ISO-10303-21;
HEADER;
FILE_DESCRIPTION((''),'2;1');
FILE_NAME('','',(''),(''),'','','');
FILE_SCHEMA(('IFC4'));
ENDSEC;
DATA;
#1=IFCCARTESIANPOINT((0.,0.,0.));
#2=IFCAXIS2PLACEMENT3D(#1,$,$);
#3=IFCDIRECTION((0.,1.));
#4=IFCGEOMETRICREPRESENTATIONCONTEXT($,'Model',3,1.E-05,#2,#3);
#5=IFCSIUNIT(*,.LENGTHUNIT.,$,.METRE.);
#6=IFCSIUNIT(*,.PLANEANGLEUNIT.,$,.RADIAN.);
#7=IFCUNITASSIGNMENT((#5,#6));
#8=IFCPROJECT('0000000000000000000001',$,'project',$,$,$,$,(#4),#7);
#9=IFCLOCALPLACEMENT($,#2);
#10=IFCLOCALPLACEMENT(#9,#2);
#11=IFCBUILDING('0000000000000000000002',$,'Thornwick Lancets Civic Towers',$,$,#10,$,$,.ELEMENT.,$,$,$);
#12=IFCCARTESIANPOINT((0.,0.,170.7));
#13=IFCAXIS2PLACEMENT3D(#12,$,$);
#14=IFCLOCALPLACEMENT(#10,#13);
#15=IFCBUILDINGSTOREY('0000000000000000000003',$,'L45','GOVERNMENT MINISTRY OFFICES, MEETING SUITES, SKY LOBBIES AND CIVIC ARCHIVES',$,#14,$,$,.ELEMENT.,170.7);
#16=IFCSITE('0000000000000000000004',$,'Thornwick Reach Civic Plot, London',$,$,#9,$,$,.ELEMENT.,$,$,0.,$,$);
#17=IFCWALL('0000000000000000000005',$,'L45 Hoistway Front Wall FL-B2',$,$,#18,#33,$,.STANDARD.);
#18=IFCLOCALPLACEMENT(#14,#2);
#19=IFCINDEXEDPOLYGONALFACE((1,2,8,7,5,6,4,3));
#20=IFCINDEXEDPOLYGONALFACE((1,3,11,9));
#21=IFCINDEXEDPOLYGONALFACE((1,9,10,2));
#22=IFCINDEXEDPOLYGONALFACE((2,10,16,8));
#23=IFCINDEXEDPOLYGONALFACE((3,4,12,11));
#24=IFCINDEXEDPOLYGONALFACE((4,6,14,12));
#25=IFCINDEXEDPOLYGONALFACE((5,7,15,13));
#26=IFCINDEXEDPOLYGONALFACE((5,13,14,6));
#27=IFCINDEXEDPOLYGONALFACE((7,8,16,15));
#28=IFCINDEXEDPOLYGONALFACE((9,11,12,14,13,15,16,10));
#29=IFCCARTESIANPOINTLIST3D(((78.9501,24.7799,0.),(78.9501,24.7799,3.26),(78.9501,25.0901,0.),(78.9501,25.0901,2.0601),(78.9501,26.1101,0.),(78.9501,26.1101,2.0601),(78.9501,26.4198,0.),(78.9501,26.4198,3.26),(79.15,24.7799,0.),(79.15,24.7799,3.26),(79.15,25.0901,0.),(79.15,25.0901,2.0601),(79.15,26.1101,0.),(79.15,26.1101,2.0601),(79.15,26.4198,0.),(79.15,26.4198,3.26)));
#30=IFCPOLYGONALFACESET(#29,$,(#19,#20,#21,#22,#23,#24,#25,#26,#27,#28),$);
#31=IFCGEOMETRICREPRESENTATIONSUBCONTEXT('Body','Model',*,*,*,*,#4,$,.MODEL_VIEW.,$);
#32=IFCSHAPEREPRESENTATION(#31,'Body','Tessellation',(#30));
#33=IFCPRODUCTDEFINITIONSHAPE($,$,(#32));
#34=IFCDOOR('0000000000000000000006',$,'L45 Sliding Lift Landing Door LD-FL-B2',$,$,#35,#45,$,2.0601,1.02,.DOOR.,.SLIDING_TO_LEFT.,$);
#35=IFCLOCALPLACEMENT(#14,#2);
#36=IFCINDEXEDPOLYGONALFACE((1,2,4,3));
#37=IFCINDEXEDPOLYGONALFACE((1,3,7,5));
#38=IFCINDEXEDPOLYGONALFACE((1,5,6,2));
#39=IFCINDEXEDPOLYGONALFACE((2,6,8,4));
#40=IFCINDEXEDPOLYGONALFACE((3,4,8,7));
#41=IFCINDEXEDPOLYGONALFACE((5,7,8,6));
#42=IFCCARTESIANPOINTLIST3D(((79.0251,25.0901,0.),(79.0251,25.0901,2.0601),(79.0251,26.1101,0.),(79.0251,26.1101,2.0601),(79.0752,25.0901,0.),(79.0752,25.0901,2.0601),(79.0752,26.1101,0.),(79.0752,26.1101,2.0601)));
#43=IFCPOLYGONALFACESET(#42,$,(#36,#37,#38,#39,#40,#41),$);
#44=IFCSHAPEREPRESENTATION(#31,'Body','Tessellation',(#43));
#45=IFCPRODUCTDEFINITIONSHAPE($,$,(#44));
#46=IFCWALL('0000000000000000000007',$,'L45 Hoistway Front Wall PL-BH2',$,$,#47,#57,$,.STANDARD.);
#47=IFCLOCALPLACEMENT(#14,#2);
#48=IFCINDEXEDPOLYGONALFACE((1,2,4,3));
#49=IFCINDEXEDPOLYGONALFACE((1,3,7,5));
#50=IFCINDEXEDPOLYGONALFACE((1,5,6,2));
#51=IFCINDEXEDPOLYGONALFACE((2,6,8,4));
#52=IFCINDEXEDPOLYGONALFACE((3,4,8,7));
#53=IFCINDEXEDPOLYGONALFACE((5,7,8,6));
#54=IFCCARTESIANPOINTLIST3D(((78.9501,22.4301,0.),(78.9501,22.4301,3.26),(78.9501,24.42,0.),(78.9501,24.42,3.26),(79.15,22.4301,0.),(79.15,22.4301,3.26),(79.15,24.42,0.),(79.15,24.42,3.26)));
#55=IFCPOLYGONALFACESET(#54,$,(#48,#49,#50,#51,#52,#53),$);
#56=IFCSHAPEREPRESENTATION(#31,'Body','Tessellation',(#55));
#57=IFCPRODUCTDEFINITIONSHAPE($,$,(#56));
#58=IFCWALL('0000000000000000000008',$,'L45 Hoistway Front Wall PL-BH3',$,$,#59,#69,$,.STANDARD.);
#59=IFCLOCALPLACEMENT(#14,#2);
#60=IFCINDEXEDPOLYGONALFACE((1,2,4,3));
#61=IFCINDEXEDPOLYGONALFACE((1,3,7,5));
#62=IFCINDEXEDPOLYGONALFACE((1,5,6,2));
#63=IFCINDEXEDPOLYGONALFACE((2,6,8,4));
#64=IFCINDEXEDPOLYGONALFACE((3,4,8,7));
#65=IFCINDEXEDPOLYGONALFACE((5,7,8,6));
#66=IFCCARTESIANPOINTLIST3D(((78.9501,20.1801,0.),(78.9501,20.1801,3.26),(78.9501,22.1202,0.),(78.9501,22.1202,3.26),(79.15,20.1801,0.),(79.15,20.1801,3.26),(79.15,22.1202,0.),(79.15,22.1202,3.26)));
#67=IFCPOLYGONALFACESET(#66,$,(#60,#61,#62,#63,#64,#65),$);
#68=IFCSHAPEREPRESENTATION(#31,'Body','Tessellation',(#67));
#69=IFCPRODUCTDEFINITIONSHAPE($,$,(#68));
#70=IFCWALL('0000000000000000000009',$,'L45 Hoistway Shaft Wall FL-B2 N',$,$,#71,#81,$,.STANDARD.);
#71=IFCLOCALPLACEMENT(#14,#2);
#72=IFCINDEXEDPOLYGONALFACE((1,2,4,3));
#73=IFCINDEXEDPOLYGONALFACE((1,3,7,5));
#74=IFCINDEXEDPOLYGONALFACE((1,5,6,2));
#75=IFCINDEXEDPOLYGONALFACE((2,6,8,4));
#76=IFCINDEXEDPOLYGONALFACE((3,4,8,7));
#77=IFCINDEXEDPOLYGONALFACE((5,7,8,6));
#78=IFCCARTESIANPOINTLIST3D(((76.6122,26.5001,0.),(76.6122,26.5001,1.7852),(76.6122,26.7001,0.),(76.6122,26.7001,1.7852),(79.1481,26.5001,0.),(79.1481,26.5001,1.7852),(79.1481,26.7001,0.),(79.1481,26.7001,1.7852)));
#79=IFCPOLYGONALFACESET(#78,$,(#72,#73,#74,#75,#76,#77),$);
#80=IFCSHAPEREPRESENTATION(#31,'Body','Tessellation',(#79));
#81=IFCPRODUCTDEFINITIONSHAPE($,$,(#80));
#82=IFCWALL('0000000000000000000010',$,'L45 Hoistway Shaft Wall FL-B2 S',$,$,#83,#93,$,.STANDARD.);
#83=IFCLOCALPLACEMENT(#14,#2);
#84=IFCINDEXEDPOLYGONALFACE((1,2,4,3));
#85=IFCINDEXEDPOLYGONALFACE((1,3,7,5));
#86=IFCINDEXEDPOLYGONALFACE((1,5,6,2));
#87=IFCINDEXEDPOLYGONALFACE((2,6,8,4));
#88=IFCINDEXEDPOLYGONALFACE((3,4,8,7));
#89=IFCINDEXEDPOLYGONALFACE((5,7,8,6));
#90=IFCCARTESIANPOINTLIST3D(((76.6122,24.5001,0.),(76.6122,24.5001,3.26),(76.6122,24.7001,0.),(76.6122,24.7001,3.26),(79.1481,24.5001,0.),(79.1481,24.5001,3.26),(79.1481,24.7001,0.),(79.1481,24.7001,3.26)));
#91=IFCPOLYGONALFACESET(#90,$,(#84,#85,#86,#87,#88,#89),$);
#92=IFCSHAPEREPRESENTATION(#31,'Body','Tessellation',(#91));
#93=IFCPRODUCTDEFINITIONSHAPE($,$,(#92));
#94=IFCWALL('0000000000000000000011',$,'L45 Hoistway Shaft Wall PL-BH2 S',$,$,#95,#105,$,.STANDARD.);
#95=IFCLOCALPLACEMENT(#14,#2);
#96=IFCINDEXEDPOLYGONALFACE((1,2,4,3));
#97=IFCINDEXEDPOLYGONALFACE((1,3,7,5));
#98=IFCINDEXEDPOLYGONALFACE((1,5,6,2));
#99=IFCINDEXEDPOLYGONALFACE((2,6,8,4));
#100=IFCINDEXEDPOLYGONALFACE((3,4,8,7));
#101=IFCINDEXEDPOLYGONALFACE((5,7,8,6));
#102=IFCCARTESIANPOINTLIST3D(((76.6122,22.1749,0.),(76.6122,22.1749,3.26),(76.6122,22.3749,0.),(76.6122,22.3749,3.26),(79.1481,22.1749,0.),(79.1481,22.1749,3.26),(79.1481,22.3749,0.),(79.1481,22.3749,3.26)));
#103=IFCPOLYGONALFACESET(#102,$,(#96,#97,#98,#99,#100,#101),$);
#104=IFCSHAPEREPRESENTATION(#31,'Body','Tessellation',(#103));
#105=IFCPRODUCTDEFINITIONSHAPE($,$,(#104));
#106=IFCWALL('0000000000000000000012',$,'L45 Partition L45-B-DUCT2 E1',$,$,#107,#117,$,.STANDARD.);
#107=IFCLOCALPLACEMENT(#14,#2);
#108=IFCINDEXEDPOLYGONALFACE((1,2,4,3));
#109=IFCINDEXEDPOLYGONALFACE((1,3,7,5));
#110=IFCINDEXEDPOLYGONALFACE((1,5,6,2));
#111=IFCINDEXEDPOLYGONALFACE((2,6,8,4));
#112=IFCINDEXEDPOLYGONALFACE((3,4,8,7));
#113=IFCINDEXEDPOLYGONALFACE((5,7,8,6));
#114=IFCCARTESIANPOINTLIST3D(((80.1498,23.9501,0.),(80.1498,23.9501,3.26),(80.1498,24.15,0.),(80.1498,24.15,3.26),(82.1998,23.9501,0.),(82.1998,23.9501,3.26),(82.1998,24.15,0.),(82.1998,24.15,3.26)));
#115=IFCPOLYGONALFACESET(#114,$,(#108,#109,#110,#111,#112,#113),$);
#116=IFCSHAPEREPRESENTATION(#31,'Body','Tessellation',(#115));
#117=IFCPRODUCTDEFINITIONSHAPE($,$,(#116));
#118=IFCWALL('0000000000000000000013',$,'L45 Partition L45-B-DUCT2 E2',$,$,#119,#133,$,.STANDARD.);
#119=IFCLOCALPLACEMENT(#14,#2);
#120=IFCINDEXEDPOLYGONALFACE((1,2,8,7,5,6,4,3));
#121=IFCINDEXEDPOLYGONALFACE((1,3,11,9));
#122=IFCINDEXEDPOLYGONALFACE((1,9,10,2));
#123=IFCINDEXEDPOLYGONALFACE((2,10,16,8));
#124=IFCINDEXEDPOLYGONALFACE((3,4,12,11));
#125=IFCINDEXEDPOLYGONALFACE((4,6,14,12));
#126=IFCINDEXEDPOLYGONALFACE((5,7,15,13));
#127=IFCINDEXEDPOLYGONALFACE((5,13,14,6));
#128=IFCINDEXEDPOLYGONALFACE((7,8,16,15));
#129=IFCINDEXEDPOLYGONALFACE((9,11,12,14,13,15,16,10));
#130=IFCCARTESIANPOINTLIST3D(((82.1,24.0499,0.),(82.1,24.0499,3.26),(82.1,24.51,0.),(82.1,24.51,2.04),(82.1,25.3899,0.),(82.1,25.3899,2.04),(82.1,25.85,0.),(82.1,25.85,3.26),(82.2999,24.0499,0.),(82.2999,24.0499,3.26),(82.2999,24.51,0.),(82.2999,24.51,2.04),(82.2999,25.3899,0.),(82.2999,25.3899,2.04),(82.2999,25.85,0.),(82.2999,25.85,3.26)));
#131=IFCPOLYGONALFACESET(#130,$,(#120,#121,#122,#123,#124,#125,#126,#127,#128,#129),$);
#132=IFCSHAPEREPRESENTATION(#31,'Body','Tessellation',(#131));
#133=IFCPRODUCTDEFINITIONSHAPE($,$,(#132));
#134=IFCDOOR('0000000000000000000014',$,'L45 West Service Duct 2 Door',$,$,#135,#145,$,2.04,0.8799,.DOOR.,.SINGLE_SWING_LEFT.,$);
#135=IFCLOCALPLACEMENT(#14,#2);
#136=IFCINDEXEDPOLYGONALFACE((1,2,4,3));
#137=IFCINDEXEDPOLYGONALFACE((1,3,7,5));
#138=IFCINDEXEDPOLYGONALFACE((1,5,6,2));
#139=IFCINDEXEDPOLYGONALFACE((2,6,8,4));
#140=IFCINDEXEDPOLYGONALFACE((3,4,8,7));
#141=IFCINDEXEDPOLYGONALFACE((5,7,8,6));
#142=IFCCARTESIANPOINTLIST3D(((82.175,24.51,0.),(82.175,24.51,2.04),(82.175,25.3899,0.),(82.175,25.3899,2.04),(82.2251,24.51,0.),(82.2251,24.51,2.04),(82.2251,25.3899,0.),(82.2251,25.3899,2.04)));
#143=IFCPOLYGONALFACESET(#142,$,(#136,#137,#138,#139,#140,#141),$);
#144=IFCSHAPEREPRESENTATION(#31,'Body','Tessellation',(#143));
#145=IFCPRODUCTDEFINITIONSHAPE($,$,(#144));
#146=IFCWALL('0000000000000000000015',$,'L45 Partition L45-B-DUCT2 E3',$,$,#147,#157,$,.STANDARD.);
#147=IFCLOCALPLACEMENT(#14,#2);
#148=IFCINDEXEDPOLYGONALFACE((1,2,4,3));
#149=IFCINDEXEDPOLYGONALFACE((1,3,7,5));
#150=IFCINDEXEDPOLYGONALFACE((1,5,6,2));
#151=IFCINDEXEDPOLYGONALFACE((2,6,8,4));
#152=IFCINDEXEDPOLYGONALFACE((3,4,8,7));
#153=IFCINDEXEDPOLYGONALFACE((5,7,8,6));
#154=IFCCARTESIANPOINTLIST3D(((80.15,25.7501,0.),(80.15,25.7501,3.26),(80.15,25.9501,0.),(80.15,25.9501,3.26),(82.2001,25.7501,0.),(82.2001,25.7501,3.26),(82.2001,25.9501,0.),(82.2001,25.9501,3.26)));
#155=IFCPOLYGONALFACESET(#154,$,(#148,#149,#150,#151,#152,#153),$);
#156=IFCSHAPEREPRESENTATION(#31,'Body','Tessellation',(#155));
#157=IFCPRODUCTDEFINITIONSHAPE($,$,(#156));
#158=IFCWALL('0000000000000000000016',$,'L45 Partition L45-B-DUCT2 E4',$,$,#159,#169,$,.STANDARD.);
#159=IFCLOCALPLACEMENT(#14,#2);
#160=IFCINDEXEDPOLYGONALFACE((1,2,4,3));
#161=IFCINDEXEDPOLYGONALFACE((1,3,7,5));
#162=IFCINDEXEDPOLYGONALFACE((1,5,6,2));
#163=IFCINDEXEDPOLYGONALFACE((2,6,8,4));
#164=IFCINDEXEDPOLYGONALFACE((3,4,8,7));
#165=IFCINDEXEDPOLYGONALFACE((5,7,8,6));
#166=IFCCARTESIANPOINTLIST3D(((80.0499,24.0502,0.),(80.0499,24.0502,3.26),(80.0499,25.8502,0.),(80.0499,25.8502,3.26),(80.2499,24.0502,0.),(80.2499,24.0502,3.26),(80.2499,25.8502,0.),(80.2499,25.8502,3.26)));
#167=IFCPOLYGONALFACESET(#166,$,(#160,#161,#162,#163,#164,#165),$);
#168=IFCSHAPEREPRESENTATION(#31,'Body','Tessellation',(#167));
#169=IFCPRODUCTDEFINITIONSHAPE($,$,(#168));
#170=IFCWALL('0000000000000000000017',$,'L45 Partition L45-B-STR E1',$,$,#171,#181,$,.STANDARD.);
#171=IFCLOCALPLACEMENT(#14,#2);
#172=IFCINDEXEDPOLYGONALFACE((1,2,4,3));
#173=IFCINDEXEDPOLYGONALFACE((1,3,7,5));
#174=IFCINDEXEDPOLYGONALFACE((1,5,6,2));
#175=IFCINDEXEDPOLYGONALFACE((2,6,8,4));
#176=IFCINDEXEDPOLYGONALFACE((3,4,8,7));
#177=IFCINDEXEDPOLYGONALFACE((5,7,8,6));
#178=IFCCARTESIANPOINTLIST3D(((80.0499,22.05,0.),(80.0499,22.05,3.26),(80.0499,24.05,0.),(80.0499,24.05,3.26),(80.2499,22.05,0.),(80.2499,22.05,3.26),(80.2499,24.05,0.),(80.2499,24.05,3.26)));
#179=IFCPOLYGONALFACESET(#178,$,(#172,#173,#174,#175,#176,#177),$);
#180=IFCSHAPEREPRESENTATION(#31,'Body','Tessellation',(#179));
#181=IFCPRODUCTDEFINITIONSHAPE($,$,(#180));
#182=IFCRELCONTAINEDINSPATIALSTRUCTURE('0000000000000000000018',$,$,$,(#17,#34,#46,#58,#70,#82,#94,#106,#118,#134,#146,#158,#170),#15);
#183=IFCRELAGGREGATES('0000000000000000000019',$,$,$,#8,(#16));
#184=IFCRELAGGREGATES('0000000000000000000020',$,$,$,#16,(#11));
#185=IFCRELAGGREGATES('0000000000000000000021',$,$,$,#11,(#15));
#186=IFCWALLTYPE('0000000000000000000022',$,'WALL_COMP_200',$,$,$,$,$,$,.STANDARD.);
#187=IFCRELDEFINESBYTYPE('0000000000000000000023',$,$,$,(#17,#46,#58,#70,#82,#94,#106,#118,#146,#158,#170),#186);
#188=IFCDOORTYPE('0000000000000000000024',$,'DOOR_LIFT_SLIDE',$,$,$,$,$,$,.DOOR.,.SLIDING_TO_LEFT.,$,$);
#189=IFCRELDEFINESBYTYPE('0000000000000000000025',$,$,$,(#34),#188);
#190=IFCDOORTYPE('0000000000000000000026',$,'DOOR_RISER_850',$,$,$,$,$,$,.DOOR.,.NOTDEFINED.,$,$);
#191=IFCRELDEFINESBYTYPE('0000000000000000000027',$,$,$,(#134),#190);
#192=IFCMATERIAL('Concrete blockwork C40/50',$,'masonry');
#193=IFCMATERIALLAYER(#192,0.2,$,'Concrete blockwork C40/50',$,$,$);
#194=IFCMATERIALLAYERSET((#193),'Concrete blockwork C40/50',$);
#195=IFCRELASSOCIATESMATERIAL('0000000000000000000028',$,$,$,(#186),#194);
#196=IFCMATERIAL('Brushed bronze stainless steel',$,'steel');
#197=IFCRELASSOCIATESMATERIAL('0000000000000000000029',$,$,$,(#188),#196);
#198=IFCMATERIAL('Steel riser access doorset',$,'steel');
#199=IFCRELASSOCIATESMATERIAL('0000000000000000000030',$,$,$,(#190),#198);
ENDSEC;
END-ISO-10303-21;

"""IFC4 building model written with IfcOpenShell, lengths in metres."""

from ifc_helpers import new_model, si_unit, direction, frame, frame_2d, origin, place, context, subcontext, project, spatial, rectangle, extrude, material, layer, layer_set, type_object, element, fill, save


model = new_model("IFC4")

# Units and contexts
model_context = context("Model", 3, precision=1e-05, world=origin(), true_north=direction((0.0, 1.0)))
body_context = subcontext(model_context, "Body", "Model", "MODEL_VIEW")
ifc_project = project(units=[si_unit("LENGTHUNIT", "METRE"), si_unit("PLANEANGLEUNIT", "RADIAN")], contexts=[model_context])

# Site, building, storey
site_placement = place(None, origin())
site = spatial("IfcSite", under=ifc_project, at=site_placement, Name="Thornwick Reach Civic Plot, London", CompositionType="ELEMENT", RefElevation=0.0)
building_placement = place(site_placement, origin())
building = spatial("IfcBuilding", under=site, at=building_placement, Name="Thornwick Lancets Civic Towers", CompositionType="ELEMENT")
storey_placement = place(building_placement, frame((0.0, 0.0, 170.7)))
storey = spatial("IfcBuildingStorey", under=building, at=storey_placement, Name="L45", Description="GOVERNMENT MINISTRY OFFICES, MEETING SUITES, SKY LOBBIES AND CIVIC ARCHIVES", CompositionType="ELEMENT", Elevation=170.7)

# Wall, opening, door
ifc_material_1 = material(Name="Concrete blockwork C40/50", Category="masonry")
ifc_layer_1 = layer(ifc_material_1, 0.2, Name="Concrete blockwork C40/50")
ifc_layer_set_1 = layer_set([ifc_layer_1], Name="Concrete blockwork C40/50")
wall_type_1 = type_object("IfcWallType", Name="WALL_COMP_200", PredefinedType="STANDARD", material=ifc_layer_set_1)
wall_1_placement = place(storey_placement, frame((79.05, 24.78, 0.0), z_axis=(0.0, 0.0, 1.0), x_axis=(0.0, 1.0, 0.0)))
wall_1 = element("IfcWall", 1, at=wall_1_placement, inside=storey, type_object=wall_type_1, Name="L45 Hoistway Front Wall FL-B2", PredefinedType="STANDARD", context=body_context, shape_type="SweptSolid", body=[
    extrude(rectangle(XDim=1.6399, YDim=0.2, at=frame_2d((0.8198, 0.0))), origin(), (0.0, 0.0, 1.0), 3.26),
])
opening_1_placement = place(wall_1_placement, frame((0.3101, 0.0, 0.0)))
opening_1 = element("IfcOpeningElement", 2, at=opening_1_placement, cuts=wall_1, PredefinedType="OPENING", context=body_context, shape_type="SweptSolid", body=[
    extrude(rectangle(XDim=1.02, YDim=2.0601, at=frame_2d((0.51, 1.03))), frame((0.0, 0.1099, 0.0), z_axis=(0.0, -1.0, 0.0), x_axis=(1.0, 0.0, 0.0)), (0.0, 0.0, 1.0), 0.22),
])
ifc_material_2 = material(Name="Brushed bronze stainless steel", Category="steel")
door_type_1 = type_object("IfcDoorType", Name="DOOR_LIFT_SLIDE", OperationType="SLIDING_TO_LEFT", PredefinedType="DOOR", material=ifc_material_2)
door_1_placement = place(opening_1_placement, origin())
door_1 = element("IfcDoor", 3, at=door_1_placement, inside=storey, type_object=door_type_1, Name="L45 Sliding Lift Landing Door LD-FL-B2", OperationType="SLIDING_TO_LEFT", OverallHeight=2.0601, OverallWidth=1.02, PredefinedType="DOOR", context=body_context, shape_type="SweptSolid", body=[
    extrude(rectangle(XDim=1.02, YDim=2.0601, at=frame_2d((0.51, 1.03))), frame((0.0, 0.0249, 0.0), z_axis=(0.0, -1.0, 0.0), x_axis=(1.0, 0.0, 0.0)), (0.0, 0.0, 1.0), 0.05),
])
fill(opening_1, door_1)

# Walls
wall_2_placement = place(storey_placement, frame((79.05, 22.4299, 0.0), z_axis=(0.0, 0.0, 1.0), x_axis=(0.0, 1.0, 0.0)))
element("IfcWall", 4, at=wall_2_placement, inside=storey, type_object=wall_type_1, Name="L45 Hoistway Front Wall PL-BH2", PredefinedType="STANDARD", context=body_context, shape_type="SweptSolid", body=[
    extrude(rectangle(XDim=1.99, YDim=0.2, at=frame_2d((0.9951, 0.0))), origin(), (0.0, 0.0, 1.0), 3.26),
])
wall_3_placement = place(storey_placement, frame((79.05, 20.1799, 0.0), z_axis=(0.0, 0.0, 1.0), x_axis=(0.0, 1.0, 0.0)))
element("IfcWall", 5, at=wall_3_placement, inside=storey, type_object=wall_type_1, Name="L45 Hoistway Front Wall PL-BH3", PredefinedType="STANDARD", context=body_context, shape_type="SweptSolid", body=[
    extrude(rectangle(XDim=1.9402, YDim=0.2, at=frame_2d((0.9702, 0.0))), origin(), (0.0, 0.0, 1.0), 3.26),
])
wall_4_placement = place(storey_placement, frame((76.6121, 26.6001, 0.0), z_axis=(0.0, 0.0, 1.0), x_axis=(1.0, 0.0, 0.0)))
element("IfcWall", 6, at=wall_4_placement, inside=storey, type_object=wall_type_1, Name="L45 Hoistway Shaft Wall FL-B2 N", PredefinedType="STANDARD", context=body_context, shape_type="SweptSolid", body=[
    extrude(rectangle(XDim=2.5359, YDim=0.2, at=frame_2d((1.2681, 0.0))), origin(), (0.0, 0.0, 1.0), 1.7852),
])
for number, where, z_axis, x_axis, name in (
    (7, (76.6121, 24.6001, 0.0), (0.0, 0.0, 1.0), (1.0, 0.0, 0.0), "L45 Hoistway Shaft Wall FL-B2 S"),
    (8, (76.6121, 22.2749, 0.0), (0.0, 0.0, 1.0), (1.0, 0.0, 0.0), "L45 Hoistway Shaft Wall PL-BH2 S"),
):
    element("IfcWall", number, at=place(storey_placement, frame(where, z_axis=z_axis, x_axis=x_axis)), inside=storey, type_object=wall_type_1, Name=name, PredefinedType="STANDARD", context=body_context, shape_type="SweptSolid", body=[
        extrude(rectangle(XDim=2.5359, YDim=0.2, at=frame_2d((1.2681, 0.0))), origin(), (0.0, 0.0, 1.0), 3.26),
    ])
wall_5_placement = place(storey_placement, frame((80.1499, 24.05, 0.0), z_axis=(0.0, 0.0, 1.0), x_axis=(1.0, 0.0, 0.0)))
element("IfcWall", 9, at=wall_5_placement, inside=storey, type_object=wall_type_1, Name="L45 Partition L45-B-DUCT2 E1", PredefinedType="STANDARD", context=body_context, shape_type="SweptSolid", body=[
    extrude(rectangle(XDim=2.05, YDim=0.2, at=frame_2d((1.0249, 0.0))), origin(), (0.0, 0.0, 1.0), 3.26),
])

# Wall, opening, door
wall_6_placement = place(storey_placement, frame((82.2, 24.05, 0.0), z_axis=(0.0, 0.0, 1.0), x_axis=(0.0, 1.0, 0.0)))
wall_6 = element("IfcWall", 10, at=wall_6_placement, inside=storey, type_object=wall_type_1, Name="L45 Partition L45-B-DUCT2 E2", PredefinedType="STANDARD", context=body_context, shape_type="SweptSolid", body=[
    extrude(rectangle(XDim=1.8, YDim=0.2, at=frame_2d((0.8999, 0.0))), origin(), (0.0, 0.0, 1.0), 3.26),
])
opening_2_placement = place(wall_6_placement, frame((0.46, 0.0, 0.0)))
opening_2 = element("IfcOpeningElement", 11, at=opening_2_placement, cuts=wall_6, PredefinedType="OPENING", context=body_context, shape_type="SweptSolid", body=[
    extrude(rectangle(XDim=0.8799, YDim=2.04, at=frame_2d((0.4399, 1.02))), frame((0.0, 0.1099, 0.0), z_axis=(0.0, -1.0, 0.0), x_axis=(1.0, 0.0, 0.0)), (0.0, 0.0, 1.0), 0.22),
])
ifc_material_3 = material(Name="Steel riser access doorset", Category="steel")
door_type_2 = type_object("IfcDoorType", Name="DOOR_RISER_850", OperationType="NOTDEFINED", PredefinedType="DOOR", material=ifc_material_3)
door_2_placement = place(opening_2_placement, origin())
door_2 = element("IfcDoor", 12, at=door_2_placement, inside=storey, type_object=door_type_2, Name="L45 West Service Duct 2 Door", OperationType="SINGLE_SWING_LEFT", OverallHeight=2.04, OverallWidth=0.8799, PredefinedType="DOOR", context=body_context, shape_type="SweptSolid", body=[
    extrude(rectangle(XDim=0.8799, YDim=2.04, at=frame_2d((0.4399, 1.02))), frame((0.0, 0.0249, 0.0), z_axis=(0.0, -1.0, 0.0), x_axis=(1.0, 0.0, 0.0)), (0.0, 0.0, 1.0), 0.05),
])
fill(opening_2, door_2)

# Walls
wall_7_placement = place(storey_placement, frame((82.2, 25.8501, 0.0), z_axis=(0.0, 0.0, 1.0), x_axis=(-1.0, 0.0, 0.0)))
element("IfcWall", 13, at=wall_7_placement, inside=storey, type_object=wall_type_1, Name="L45 Partition L45-B-DUCT2 E3", PredefinedType="STANDARD", context=body_context, shape_type="SweptSolid", body=[
    extrude(rectangle(XDim=2.05, YDim=0.2, at=frame_2d((1.0249, 0.0))), origin(), (0.0, 0.0, 1.0), 3.26),
])
wall_8_placement = place(storey_placement, frame((80.1499, 25.8501, 0.0), z_axis=(0.0, 0.0, 1.0), x_axis=(0.0, -1.0, 0.0)))
element("IfcWall", 14, at=wall_8_placement, inside=storey, type_object=wall_type_1, Name="L45 Partition L45-B-DUCT2 E4", PredefinedType="STANDARD", context=body_context, shape_type="SweptSolid", body=[
    extrude(rectangle(XDim=1.8, YDim=0.2, at=frame_2d((0.8999, 0.0))), origin(), (0.0, 0.0, 1.0), 3.26),
])
wall_9_placement = place(storey_placement, frame((80.1499, 22.05, 0.0), z_axis=(0.0, 0.0, 1.0), x_axis=(0.0, 1.0, 0.0)))
element("IfcWall", 15, at=wall_9_placement, inside=storey, type_object=wall_type_1, Name="L45 Partition L45-B-STR E1", PredefinedType="STANDARD", context=body_context, shape_type="SweptSolid", body=[
    extrude(rectangle(XDim=2.0, YDim=0.2, at=frame_2d((1.0, 0.0))), origin(), (0.0, 0.0, 1.0), 3.26),
])

save(model, "model.ifc")
